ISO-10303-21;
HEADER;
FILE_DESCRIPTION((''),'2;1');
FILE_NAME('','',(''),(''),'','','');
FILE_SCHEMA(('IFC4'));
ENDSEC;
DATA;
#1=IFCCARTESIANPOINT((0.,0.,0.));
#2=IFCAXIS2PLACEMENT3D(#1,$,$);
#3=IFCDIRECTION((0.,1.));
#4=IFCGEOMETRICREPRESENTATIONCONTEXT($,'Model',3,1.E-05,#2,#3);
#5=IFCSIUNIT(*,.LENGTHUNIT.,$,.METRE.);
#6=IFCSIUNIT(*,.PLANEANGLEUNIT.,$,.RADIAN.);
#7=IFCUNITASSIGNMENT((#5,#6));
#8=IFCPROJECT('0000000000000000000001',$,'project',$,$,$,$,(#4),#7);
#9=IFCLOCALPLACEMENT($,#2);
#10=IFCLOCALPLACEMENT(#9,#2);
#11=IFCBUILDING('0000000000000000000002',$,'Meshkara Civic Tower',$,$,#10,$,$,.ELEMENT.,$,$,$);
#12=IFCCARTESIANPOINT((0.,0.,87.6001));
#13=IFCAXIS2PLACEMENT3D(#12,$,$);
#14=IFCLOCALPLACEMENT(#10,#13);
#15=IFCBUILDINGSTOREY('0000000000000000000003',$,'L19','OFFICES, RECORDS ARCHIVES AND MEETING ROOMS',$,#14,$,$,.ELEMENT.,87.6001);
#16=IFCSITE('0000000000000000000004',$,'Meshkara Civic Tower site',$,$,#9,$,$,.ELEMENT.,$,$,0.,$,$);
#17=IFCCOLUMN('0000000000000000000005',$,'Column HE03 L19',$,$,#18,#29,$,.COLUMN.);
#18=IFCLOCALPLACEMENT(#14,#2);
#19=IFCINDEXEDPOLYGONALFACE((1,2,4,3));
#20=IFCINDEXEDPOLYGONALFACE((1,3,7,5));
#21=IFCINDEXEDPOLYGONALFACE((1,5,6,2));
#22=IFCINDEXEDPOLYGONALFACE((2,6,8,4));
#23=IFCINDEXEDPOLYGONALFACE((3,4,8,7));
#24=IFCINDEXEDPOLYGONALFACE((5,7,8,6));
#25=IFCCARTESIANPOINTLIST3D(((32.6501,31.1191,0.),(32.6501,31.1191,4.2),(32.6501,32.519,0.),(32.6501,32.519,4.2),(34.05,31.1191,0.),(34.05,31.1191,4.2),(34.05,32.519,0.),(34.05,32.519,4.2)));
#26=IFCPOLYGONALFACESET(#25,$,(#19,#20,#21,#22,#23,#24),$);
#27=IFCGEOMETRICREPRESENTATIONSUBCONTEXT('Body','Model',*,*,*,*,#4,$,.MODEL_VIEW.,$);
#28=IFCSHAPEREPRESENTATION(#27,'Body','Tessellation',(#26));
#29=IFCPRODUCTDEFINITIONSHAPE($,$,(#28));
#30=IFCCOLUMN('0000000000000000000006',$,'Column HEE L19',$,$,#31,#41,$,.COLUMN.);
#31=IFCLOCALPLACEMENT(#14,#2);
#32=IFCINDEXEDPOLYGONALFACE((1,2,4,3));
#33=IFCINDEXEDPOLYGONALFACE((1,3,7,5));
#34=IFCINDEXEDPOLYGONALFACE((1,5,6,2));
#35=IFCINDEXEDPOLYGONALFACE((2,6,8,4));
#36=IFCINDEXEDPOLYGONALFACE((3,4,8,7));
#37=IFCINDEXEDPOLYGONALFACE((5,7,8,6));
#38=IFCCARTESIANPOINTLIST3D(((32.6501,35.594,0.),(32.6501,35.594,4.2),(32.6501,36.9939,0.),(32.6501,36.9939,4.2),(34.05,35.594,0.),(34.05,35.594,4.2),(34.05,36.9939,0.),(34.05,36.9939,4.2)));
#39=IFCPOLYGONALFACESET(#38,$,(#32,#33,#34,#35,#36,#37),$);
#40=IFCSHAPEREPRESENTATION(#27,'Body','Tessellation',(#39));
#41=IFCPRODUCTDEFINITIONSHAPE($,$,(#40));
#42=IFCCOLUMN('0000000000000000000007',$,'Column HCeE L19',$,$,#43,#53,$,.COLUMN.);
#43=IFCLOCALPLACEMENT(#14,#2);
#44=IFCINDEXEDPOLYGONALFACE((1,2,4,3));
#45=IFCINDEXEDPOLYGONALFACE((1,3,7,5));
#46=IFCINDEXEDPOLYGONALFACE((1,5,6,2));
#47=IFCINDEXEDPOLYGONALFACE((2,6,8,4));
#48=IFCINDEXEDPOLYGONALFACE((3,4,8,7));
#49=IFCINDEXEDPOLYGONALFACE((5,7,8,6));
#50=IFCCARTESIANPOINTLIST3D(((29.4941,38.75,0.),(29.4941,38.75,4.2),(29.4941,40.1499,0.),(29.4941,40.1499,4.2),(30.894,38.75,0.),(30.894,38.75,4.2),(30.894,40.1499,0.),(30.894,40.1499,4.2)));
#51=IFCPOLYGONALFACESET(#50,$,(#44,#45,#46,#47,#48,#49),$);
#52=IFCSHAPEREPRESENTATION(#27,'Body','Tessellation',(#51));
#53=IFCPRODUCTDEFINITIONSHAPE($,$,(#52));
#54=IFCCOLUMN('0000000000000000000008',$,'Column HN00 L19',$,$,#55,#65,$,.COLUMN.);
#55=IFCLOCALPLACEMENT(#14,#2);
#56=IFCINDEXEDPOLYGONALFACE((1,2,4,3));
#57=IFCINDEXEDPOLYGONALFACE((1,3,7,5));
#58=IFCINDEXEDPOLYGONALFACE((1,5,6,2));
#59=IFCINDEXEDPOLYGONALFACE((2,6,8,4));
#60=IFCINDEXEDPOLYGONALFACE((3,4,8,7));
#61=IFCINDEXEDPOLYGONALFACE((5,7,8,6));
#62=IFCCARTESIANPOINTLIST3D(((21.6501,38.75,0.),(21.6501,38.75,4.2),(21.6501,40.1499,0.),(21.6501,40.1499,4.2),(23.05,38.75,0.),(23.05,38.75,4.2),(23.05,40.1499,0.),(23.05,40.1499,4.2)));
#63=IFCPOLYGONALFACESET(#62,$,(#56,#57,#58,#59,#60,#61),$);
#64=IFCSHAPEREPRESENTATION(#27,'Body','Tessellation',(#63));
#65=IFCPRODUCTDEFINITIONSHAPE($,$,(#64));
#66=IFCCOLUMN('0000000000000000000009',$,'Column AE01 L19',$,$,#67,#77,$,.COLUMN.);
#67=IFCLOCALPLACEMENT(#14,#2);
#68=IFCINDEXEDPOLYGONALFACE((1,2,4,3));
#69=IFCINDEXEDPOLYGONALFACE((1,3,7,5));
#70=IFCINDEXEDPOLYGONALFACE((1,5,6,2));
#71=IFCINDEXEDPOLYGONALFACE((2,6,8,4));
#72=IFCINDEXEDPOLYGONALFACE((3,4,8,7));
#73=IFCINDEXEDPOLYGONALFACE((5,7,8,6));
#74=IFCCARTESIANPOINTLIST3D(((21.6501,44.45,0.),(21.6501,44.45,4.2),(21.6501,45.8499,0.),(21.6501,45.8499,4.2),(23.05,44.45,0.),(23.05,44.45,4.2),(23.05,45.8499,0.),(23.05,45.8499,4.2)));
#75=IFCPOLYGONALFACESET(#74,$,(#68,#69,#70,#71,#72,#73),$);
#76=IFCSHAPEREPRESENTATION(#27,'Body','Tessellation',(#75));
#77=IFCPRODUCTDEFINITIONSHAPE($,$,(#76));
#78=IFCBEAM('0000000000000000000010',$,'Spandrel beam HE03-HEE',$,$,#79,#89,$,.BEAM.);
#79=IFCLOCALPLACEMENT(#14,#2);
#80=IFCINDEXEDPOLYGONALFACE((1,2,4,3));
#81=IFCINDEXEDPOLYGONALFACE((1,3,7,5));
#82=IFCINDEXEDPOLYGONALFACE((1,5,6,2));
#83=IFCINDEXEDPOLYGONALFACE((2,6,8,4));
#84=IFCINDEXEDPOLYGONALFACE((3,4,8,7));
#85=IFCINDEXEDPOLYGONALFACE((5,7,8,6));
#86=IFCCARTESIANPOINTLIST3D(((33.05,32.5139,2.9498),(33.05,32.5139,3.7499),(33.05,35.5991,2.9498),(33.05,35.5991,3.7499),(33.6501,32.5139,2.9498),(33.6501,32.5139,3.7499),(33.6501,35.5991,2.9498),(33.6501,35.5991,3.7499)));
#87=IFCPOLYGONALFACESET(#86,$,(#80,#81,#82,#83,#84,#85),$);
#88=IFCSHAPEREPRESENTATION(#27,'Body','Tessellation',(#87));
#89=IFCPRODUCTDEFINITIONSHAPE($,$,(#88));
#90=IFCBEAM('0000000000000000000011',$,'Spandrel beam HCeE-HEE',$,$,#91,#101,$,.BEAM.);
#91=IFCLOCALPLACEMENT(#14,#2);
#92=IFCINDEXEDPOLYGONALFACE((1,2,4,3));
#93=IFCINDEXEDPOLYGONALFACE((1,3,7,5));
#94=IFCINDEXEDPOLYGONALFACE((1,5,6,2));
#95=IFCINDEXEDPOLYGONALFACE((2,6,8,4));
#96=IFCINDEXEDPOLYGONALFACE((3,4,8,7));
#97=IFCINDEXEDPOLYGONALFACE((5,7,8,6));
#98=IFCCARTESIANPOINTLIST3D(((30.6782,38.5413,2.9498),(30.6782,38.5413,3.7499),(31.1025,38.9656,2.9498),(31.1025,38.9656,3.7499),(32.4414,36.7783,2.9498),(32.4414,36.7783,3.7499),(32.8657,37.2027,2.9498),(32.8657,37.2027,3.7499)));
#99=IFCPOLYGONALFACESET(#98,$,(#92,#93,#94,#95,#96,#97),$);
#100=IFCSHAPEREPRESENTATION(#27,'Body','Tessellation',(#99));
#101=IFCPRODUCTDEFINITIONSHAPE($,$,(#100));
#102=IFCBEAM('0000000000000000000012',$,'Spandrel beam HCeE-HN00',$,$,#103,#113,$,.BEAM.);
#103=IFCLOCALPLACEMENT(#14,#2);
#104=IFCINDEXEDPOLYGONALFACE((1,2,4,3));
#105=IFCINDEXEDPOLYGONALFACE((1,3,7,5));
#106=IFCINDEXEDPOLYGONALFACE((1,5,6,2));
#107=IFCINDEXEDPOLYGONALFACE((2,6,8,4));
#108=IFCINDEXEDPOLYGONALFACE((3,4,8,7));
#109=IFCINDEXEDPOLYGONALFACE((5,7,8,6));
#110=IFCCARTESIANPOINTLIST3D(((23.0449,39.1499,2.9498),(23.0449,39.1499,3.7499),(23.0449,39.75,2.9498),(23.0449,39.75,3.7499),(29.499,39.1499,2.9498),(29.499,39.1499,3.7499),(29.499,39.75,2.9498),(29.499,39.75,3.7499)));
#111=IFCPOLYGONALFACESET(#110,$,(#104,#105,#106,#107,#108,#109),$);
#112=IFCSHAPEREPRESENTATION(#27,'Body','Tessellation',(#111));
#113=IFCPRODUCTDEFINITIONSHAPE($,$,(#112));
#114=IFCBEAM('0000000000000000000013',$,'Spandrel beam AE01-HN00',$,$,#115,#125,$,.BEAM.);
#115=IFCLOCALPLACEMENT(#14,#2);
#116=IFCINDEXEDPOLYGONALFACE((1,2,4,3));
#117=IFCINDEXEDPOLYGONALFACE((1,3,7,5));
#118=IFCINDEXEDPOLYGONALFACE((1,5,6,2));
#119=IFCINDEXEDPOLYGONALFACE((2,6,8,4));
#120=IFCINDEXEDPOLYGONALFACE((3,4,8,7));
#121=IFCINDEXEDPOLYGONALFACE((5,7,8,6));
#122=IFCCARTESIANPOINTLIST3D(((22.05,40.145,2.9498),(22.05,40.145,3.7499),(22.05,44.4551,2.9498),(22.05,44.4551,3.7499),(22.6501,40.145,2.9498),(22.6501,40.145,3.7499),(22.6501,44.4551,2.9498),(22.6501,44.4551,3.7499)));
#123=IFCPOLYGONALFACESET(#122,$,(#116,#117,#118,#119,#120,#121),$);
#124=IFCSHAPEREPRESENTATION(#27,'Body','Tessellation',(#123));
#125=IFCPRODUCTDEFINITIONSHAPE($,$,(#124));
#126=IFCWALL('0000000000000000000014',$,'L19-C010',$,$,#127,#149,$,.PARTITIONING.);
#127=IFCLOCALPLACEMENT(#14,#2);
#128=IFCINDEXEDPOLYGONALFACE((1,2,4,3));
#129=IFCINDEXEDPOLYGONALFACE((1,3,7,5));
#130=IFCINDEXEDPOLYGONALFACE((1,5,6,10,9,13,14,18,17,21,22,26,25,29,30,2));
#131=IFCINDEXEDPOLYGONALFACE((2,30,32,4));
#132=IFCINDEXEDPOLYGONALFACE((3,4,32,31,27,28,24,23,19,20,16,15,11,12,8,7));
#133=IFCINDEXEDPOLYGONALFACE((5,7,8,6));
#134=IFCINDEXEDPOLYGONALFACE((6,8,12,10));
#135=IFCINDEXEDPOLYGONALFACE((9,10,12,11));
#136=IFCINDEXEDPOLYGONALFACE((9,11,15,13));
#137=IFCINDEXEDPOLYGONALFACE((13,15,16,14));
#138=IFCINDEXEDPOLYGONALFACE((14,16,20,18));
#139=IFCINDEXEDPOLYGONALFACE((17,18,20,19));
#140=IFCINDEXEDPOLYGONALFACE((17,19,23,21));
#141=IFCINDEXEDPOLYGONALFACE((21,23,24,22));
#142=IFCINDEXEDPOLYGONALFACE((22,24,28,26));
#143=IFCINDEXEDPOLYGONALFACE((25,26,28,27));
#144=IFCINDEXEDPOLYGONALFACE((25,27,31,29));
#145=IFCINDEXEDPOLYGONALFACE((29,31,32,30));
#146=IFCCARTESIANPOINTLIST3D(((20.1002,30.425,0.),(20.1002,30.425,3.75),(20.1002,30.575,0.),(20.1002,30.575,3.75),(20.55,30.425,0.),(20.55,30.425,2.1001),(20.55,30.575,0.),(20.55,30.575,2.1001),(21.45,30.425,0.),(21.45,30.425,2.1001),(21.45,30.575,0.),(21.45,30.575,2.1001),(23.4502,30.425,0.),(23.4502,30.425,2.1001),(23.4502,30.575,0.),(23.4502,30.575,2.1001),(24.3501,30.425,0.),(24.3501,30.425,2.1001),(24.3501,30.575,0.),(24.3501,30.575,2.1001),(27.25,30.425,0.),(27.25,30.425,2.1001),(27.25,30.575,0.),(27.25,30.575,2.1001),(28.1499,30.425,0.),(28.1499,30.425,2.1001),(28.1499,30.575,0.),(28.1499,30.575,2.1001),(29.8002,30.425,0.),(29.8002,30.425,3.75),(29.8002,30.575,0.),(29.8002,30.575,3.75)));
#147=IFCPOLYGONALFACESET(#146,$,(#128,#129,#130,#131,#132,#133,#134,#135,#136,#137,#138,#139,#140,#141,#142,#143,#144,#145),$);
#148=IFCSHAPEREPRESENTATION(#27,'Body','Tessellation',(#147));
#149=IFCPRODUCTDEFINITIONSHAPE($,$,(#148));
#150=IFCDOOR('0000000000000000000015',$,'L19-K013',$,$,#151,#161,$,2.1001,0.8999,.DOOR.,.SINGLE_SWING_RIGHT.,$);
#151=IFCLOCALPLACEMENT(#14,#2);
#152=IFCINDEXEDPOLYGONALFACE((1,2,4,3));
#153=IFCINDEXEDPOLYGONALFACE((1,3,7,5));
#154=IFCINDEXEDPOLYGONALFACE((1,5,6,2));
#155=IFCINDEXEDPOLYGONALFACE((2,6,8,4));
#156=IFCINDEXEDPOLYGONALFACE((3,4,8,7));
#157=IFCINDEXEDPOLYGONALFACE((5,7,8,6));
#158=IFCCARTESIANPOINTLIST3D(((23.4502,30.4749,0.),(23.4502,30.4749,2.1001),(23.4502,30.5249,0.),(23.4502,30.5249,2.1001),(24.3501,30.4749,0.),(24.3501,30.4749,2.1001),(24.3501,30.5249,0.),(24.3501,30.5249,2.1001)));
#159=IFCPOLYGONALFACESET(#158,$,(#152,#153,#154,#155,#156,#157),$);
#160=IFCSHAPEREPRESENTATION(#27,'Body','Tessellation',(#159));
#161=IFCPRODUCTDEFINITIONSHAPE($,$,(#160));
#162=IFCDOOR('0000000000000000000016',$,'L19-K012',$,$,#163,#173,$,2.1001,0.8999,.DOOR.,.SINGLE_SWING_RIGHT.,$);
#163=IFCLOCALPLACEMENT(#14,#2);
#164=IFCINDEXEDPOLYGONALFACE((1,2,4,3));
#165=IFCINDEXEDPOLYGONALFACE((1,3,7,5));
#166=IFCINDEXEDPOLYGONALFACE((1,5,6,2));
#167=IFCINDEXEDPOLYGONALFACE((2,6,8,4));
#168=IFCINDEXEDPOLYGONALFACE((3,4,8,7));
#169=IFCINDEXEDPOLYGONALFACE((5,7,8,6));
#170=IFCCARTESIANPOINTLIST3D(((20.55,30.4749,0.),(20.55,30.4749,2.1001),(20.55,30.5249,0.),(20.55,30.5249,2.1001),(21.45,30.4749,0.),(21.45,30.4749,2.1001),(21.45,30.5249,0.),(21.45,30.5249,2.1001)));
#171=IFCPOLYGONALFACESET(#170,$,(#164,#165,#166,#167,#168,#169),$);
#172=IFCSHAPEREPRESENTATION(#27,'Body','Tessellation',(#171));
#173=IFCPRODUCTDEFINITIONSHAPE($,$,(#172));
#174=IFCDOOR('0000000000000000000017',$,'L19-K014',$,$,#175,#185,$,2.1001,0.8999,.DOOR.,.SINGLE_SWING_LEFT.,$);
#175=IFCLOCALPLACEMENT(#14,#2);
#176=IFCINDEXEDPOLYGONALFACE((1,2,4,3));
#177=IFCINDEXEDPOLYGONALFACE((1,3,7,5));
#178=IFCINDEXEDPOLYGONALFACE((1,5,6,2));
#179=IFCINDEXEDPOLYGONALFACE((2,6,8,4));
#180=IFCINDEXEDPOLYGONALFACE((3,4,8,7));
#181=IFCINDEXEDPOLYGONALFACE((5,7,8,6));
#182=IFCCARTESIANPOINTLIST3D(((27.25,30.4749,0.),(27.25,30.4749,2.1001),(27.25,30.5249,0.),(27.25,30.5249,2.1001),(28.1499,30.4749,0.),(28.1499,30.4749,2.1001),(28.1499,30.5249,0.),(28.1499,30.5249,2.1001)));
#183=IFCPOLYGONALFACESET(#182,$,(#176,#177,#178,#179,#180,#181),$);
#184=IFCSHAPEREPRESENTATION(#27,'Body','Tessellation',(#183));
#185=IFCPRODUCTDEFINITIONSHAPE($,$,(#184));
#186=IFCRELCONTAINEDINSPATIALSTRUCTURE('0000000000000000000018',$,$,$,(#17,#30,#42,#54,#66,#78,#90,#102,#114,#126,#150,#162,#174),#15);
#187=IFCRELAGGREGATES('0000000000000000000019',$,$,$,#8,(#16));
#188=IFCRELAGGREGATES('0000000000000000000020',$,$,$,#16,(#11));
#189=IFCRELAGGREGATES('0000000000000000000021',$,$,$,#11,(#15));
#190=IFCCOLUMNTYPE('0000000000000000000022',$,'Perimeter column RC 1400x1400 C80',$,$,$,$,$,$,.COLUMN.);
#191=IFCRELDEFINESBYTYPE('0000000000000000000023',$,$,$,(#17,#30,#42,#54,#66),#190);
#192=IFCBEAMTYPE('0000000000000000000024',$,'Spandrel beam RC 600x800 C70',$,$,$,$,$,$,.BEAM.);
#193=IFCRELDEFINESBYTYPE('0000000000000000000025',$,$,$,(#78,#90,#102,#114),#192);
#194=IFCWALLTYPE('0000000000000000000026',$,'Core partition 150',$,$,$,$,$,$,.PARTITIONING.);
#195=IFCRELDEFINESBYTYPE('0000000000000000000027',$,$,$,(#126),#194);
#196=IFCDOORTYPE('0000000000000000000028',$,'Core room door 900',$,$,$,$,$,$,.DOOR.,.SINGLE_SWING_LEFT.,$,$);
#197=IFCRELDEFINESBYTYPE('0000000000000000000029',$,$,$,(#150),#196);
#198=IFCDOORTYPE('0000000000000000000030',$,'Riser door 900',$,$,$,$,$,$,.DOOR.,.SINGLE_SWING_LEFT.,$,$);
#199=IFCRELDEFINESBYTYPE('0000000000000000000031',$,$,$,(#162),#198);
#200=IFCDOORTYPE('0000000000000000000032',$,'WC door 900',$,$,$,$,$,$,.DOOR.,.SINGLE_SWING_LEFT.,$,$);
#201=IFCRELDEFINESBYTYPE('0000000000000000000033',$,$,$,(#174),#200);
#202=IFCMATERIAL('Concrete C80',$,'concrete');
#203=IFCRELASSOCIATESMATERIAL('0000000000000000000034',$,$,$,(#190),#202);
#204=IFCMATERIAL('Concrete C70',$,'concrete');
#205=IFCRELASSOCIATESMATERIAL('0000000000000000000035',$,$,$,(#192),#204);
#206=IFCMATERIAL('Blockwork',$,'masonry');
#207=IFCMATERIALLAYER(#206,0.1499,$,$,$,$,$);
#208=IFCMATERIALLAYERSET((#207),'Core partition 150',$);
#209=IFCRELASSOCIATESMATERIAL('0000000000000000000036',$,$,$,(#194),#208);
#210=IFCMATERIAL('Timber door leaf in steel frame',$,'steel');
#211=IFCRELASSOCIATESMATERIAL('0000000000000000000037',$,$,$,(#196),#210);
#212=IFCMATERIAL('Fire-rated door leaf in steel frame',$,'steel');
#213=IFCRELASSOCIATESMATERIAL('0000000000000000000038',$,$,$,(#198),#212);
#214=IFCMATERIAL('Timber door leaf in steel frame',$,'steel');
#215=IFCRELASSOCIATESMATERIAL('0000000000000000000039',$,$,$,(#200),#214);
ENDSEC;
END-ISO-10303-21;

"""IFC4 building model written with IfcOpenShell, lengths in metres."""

from ifc_helpers import new_model, si_unit, direction, frame, frame_2d, origin, origin_2d, place, context, subcontext, project, spatial, rectangle, extrude, material, layer, layer_set, material_profile, profile_set, type_object, element, fill, save


model = new_model("IFC4")

# Units and contexts
model_context = context("Model", 3, precision=1e-05, world=origin(), true_north=direction((0.0, 1.0)))
body_context = subcontext(model_context, "Body", "Model", "MODEL_VIEW")
ifc_project = project(units=[si_unit("LENGTHUNIT", "METRE"), si_unit("PLANEANGLEUNIT", "RADIAN")], contexts=[model_context])

# Site, building, storey
site_placement = place(None, origin())
site = spatial("IfcSite", under=ifc_project, at=site_placement, Name="Meshkara Civic Tower site", CompositionType="ELEMENT", RefElevation=0.0)
building_placement = place(site_placement, origin())
building = spatial("IfcBuilding", under=site, at=building_placement, Name="Meshkara Civic Tower", CompositionType="ELEMENT")
storey_placement = place(building_placement, frame((0.0, 0.0, 87.6001)))
storey = spatial("IfcBuildingStorey", under=building, at=storey_placement, Name="L19", Description="OFFICES, RECORDS ARCHIVES AND MEETING ROOMS", CompositionType="ELEMENT", Elevation=87.6001)

# Columns
ifc_material_1 = material(Name="Concrete C80", Category="concrete")
ifc_material_profile_1 = material_profile(ifc_material_1, rectangle(XDim=1.3999, YDim=1.3999, at=origin_2d()))
ifc_profile_set_1 = profile_set([ifc_material_profile_1], Name="Concrete C80")
column_type = type_object("IfcColumnType", Name="Perimeter column RC 1400x1400 C80", PredefinedType="COLUMN", material=ifc_profile_set_1)
for number, where, z_axis, x_axis, name in (
    (1, (33.3501, 31.8191, 0.0), (0.0, 0.0, 1.0), (1.0, 0.0, 0.0), "Column HE03 L19"),
    (2, (33.3501, 36.2939, 0.0), (0.0, 0.0, 1.0), (1.0, 0.0, 0.0), "Column HEE L19"),
    (3, (30.1941, 39.45, 0.0), (0.0, 0.0, 1.0), (1.0, 0.0, 0.0), "Column HCeE L19"),
    (4, (22.3501, 39.45, 0.0), (0.0, 0.0, 1.0), (1.0, 0.0, 0.0), "Column HN00 L19"),
    (5, (22.3501, 45.1499, 0.0), (0.0, 0.0, 1.0), (1.0, 0.0, 0.0), "Column AE01 L19"),
):
    element("IfcColumn", number, at=place(storey_placement, frame(where, z_axis=z_axis, x_axis=x_axis)), inside=storey, type_object=column_type, Name=name, PredefinedType="COLUMN", context=body_context, shape_type="SweptSolid", body=[
        extrude(rectangle(XDim=1.3999, YDim=1.3999, at=origin_2d()), origin(), (0.0, 0.0, 1.0), 4.2),
    ])

# Beams
ifc_material_2 = material(Name="Concrete C70", Category="concrete")
ifc_material_profile_2 = material_profile(ifc_material_2, rectangle(XDim=0.6001, YDim=0.8, at=origin_2d()))
ifc_profile_set_2 = profile_set([ifc_material_profile_2], Name="Concrete C70")
beam_type = type_object("IfcBeamType", Name="Spandrel beam RC 600x800 C70", PredefinedType="BEAM", material=ifc_profile_set_2)
beam_1_placement = place(storey_placement, frame((33.3501, 32.5139, 3.3499), z_axis=(0.0, 1.0, 0.0), x_axis=(-1.0, 0.0, 0.0)))
element("IfcBeam", 6, at=beam_1_placement, inside=storey, type_object=beam_type, Name="Spandrel beam HE03-HEE", PredefinedType="BEAM", context=body_context, shape_type="SweptSolid", body=[
    extrude(rectangle(XDim=0.6001, YDim=0.8, at=origin_2d()), origin(), (0.0, 0.0, 1.0), 3.0852),
])
beam_2_placement = place(storey_placement, frame((32.6536, 36.9905, 3.3499), z_axis=(-0.707156, 0.707058, 0.0), x_axis=(-0.707058, -0.707156, 0.0)))
element("IfcBeam", 7, at=beam_2_placement, inside=storey, type_object=beam_type, Name="Spandrel beam HCeE-HEE", PredefinedType="BEAM", context=body_context, shape_type="SweptSolid", body=[
    extrude(rectangle(XDim=0.6001, YDim=0.8, at=origin_2d()), origin(), (0.0, 0.0, 1.0), 2.4934),
])
beam_3_placement = place(storey_placement, frame((29.499, 39.45, 3.3499), z_axis=(-1.0, 0.0, 0.0), x_axis=(0.0, -1.0, 0.0)))
element("IfcBeam", 8, at=beam_3_placement, inside=storey, type_object=beam_type, Name="Spandrel beam HCeE-HN00", PredefinedType="BEAM", context=body_context, shape_type="SweptSolid", body=[
    extrude(rectangle(XDim=0.6001, YDim=0.8, at=origin_2d()), origin(), (0.0, 0.0, 1.0), 6.4541),
])
beam_4_placement = place(storey_placement, frame((22.3501, 40.145, 3.3499), z_axis=(0.0, 1.0, 0.0), x_axis=(-1.0, 0.0, 0.0)))
element("IfcBeam", 9, at=beam_4_placement, inside=storey, type_object=beam_type, Name="Spandrel beam AE01-HN00", PredefinedType="BEAM", context=body_context, shape_type="SweptSolid", body=[
    extrude(rectangle(XDim=0.6001, YDim=0.8, at=origin_2d()), origin(), (0.0, 0.0, 1.0), 4.3101),
])

# Wall, openings, doors
ifc_material_3 = material(Name="Blockwork", Category="masonry")
ifc_layer_1 = layer(ifc_material_3, 0.1499)
ifc_layer_set_1 = layer_set([ifc_layer_1], Name="Core partition 150")
wall_type_1 = type_object("IfcWallType", Name="Core partition 150", PredefinedType="PARTITIONING", material=ifc_layer_set_1)
wall_1_placement = place(storey_placement, frame((20.1001, 30.5, 0.0), z_axis=(0.0, 0.0, 1.0), x_axis=(1.0, 0.0, 0.0)))
wall_1 = element("IfcWall", 10, at=wall_1_placement, inside=storey, type_object=wall_type_1, Name="L19-C010", PredefinedType="PARTITIONING", context=body_context, shape_type="SweptSolid", body=[
    extrude(rectangle(XDim=9.7, YDim=0.1499, at=frame_2d((4.8501, 0.0))), origin(), (0.0, 0.0, 1.0), 3.75),
])
opening_1_placement = place(wall_1_placement, frame((0.45, 0.0, 0.0)))
opening_1 = element("IfcOpeningElement", 11, at=opening_1_placement, cuts=wall_1, PredefinedType="OPENING", context=body_context, shape_type="SweptSolid", body=[
    extrude(rectangle(XDim=0.8999, YDim=2.1001, at=frame_2d((0.45, 1.05))), frame((0.0, 0.085, 0.0), z_axis=(0.0, -1.0, 0.0), x_axis=(1.0, 0.0, 0.0)), (0.0, 0.0, 1.0), 0.1699),
])
opening_2_placement = place(wall_1_placement, frame((3.3501, 0.0, 0.0)))
opening_2 = element("IfcOpeningElement", 12, at=opening_2_placement, cuts=wall_1, PredefinedType="OPENING", context=body_context, shape_type="SweptSolid", body=[
    extrude(rectangle(XDim=0.8999, YDim=2.1001, at=frame_2d((0.45, 1.05))), frame((0.0, 0.085, 0.0), z_axis=(0.0, -1.0, 0.0), x_axis=(1.0, 0.0, 0.0)), (0.0, 0.0, 1.0), 0.1699),
])
opening_3_placement = place(wall_1_placement, frame((7.1499, 0.0, 0.0)))
opening_3 = element("IfcOpeningElement", 13, at=opening_3_placement, cuts=wall_1, PredefinedType="OPENING", context=body_context, shape_type="SweptSolid", body=[
    extrude(rectangle(XDim=0.8999, YDim=2.1001, at=frame_2d((0.45, 1.05))), frame((0.0, 0.085, 0.0), z_axis=(0.0, -1.0, 0.0), x_axis=(1.0, 0.0, 0.0)), (0.0, 0.0, 1.0), 0.1699),
])
ifc_material_4 = material(Name="Timber door leaf in steel frame", Category="steel")
door_type_1 = type_object("IfcDoorType", Name="Core room door 900", OperationType="SINGLE_SWING_LEFT", PredefinedType="DOOR", material=ifc_material_4)
door_1_placement = place(opening_2_placement, origin())
door_1 = element("IfcDoor", 14, at=door_1_placement, inside=storey, type_object=door_type_1, Name="L19-K013", OperationType="SINGLE_SWING_RIGHT", OverallHeight=2.1001, OverallWidth=0.8999, PredefinedType="DOOR", context=body_context, shape_type="SweptSolid", body=[
    extrude(rectangle(XDim=0.8999, YDim=2.1001, at=frame_2d((0.45, 1.05))), frame((0.0, 0.0249, 0.0), z_axis=(0.0, -1.0, 0.0), x_axis=(1.0, 0.0, 0.0)), (0.0, 0.0, 1.0), 0.05),
])
fill(opening_2, door_1)
ifc_material_5 = material(Name="Fire-rated door leaf in steel frame", Category="steel")
door_type_2 = type_object("IfcDoorType", Name="Riser door 900", OperationType="SINGLE_SWING_LEFT", PredefinedType="DOOR", material=ifc_material_5)
door_2_placement = place(opening_1_placement, origin())
door_2 = element("IfcDoor", 15, at=door_2_placement, inside=storey, type_object=door_type_2, Name="L19-K012", OperationType="SINGLE_SWING_RIGHT", OverallHeight=2.1001, OverallWidth=0.8999, PredefinedType="DOOR", context=body_context, shape_type="SweptSolid", body=[
    extrude(rectangle(XDim=0.8999, YDim=2.1001, at=frame_2d((0.45, 1.05))), frame((0.0, 0.0249, 0.0), z_axis=(0.0, -1.0, 0.0), x_axis=(1.0, 0.0, 0.0)), (0.0, 0.0, 1.0), 0.05),
])
fill(opening_1, door_2)
ifc_material_6 = material(Name="Timber door leaf in steel frame", Category="steel")
door_type_3 = type_object("IfcDoorType", Name="WC door 900", OperationType="SINGLE_SWING_LEFT", PredefinedType="DOOR", material=ifc_material_6)
door_3_placement = place(opening_3_placement, origin())
door_3 = element("IfcDoor", 16, at=door_3_placement, inside=storey, type_object=door_type_3, Name="L19-K014", OperationType="SINGLE_SWING_LEFT", OverallHeight=2.1001, OverallWidth=0.8999, PredefinedType="DOOR", context=body_context, shape_type="SweptSolid", body=[
    extrude(rectangle(XDim=0.8999, YDim=2.1001, at=frame_2d((0.45, 1.05))), frame((0.0, 0.0249, 0.0), z_axis=(0.0, -1.0, 0.0), x_axis=(1.0, 0.0, 0.0)), (0.0, 0.0, 1.0), 0.05),
])
fill(opening_3, door_3)

save(model, "model.ifc")
